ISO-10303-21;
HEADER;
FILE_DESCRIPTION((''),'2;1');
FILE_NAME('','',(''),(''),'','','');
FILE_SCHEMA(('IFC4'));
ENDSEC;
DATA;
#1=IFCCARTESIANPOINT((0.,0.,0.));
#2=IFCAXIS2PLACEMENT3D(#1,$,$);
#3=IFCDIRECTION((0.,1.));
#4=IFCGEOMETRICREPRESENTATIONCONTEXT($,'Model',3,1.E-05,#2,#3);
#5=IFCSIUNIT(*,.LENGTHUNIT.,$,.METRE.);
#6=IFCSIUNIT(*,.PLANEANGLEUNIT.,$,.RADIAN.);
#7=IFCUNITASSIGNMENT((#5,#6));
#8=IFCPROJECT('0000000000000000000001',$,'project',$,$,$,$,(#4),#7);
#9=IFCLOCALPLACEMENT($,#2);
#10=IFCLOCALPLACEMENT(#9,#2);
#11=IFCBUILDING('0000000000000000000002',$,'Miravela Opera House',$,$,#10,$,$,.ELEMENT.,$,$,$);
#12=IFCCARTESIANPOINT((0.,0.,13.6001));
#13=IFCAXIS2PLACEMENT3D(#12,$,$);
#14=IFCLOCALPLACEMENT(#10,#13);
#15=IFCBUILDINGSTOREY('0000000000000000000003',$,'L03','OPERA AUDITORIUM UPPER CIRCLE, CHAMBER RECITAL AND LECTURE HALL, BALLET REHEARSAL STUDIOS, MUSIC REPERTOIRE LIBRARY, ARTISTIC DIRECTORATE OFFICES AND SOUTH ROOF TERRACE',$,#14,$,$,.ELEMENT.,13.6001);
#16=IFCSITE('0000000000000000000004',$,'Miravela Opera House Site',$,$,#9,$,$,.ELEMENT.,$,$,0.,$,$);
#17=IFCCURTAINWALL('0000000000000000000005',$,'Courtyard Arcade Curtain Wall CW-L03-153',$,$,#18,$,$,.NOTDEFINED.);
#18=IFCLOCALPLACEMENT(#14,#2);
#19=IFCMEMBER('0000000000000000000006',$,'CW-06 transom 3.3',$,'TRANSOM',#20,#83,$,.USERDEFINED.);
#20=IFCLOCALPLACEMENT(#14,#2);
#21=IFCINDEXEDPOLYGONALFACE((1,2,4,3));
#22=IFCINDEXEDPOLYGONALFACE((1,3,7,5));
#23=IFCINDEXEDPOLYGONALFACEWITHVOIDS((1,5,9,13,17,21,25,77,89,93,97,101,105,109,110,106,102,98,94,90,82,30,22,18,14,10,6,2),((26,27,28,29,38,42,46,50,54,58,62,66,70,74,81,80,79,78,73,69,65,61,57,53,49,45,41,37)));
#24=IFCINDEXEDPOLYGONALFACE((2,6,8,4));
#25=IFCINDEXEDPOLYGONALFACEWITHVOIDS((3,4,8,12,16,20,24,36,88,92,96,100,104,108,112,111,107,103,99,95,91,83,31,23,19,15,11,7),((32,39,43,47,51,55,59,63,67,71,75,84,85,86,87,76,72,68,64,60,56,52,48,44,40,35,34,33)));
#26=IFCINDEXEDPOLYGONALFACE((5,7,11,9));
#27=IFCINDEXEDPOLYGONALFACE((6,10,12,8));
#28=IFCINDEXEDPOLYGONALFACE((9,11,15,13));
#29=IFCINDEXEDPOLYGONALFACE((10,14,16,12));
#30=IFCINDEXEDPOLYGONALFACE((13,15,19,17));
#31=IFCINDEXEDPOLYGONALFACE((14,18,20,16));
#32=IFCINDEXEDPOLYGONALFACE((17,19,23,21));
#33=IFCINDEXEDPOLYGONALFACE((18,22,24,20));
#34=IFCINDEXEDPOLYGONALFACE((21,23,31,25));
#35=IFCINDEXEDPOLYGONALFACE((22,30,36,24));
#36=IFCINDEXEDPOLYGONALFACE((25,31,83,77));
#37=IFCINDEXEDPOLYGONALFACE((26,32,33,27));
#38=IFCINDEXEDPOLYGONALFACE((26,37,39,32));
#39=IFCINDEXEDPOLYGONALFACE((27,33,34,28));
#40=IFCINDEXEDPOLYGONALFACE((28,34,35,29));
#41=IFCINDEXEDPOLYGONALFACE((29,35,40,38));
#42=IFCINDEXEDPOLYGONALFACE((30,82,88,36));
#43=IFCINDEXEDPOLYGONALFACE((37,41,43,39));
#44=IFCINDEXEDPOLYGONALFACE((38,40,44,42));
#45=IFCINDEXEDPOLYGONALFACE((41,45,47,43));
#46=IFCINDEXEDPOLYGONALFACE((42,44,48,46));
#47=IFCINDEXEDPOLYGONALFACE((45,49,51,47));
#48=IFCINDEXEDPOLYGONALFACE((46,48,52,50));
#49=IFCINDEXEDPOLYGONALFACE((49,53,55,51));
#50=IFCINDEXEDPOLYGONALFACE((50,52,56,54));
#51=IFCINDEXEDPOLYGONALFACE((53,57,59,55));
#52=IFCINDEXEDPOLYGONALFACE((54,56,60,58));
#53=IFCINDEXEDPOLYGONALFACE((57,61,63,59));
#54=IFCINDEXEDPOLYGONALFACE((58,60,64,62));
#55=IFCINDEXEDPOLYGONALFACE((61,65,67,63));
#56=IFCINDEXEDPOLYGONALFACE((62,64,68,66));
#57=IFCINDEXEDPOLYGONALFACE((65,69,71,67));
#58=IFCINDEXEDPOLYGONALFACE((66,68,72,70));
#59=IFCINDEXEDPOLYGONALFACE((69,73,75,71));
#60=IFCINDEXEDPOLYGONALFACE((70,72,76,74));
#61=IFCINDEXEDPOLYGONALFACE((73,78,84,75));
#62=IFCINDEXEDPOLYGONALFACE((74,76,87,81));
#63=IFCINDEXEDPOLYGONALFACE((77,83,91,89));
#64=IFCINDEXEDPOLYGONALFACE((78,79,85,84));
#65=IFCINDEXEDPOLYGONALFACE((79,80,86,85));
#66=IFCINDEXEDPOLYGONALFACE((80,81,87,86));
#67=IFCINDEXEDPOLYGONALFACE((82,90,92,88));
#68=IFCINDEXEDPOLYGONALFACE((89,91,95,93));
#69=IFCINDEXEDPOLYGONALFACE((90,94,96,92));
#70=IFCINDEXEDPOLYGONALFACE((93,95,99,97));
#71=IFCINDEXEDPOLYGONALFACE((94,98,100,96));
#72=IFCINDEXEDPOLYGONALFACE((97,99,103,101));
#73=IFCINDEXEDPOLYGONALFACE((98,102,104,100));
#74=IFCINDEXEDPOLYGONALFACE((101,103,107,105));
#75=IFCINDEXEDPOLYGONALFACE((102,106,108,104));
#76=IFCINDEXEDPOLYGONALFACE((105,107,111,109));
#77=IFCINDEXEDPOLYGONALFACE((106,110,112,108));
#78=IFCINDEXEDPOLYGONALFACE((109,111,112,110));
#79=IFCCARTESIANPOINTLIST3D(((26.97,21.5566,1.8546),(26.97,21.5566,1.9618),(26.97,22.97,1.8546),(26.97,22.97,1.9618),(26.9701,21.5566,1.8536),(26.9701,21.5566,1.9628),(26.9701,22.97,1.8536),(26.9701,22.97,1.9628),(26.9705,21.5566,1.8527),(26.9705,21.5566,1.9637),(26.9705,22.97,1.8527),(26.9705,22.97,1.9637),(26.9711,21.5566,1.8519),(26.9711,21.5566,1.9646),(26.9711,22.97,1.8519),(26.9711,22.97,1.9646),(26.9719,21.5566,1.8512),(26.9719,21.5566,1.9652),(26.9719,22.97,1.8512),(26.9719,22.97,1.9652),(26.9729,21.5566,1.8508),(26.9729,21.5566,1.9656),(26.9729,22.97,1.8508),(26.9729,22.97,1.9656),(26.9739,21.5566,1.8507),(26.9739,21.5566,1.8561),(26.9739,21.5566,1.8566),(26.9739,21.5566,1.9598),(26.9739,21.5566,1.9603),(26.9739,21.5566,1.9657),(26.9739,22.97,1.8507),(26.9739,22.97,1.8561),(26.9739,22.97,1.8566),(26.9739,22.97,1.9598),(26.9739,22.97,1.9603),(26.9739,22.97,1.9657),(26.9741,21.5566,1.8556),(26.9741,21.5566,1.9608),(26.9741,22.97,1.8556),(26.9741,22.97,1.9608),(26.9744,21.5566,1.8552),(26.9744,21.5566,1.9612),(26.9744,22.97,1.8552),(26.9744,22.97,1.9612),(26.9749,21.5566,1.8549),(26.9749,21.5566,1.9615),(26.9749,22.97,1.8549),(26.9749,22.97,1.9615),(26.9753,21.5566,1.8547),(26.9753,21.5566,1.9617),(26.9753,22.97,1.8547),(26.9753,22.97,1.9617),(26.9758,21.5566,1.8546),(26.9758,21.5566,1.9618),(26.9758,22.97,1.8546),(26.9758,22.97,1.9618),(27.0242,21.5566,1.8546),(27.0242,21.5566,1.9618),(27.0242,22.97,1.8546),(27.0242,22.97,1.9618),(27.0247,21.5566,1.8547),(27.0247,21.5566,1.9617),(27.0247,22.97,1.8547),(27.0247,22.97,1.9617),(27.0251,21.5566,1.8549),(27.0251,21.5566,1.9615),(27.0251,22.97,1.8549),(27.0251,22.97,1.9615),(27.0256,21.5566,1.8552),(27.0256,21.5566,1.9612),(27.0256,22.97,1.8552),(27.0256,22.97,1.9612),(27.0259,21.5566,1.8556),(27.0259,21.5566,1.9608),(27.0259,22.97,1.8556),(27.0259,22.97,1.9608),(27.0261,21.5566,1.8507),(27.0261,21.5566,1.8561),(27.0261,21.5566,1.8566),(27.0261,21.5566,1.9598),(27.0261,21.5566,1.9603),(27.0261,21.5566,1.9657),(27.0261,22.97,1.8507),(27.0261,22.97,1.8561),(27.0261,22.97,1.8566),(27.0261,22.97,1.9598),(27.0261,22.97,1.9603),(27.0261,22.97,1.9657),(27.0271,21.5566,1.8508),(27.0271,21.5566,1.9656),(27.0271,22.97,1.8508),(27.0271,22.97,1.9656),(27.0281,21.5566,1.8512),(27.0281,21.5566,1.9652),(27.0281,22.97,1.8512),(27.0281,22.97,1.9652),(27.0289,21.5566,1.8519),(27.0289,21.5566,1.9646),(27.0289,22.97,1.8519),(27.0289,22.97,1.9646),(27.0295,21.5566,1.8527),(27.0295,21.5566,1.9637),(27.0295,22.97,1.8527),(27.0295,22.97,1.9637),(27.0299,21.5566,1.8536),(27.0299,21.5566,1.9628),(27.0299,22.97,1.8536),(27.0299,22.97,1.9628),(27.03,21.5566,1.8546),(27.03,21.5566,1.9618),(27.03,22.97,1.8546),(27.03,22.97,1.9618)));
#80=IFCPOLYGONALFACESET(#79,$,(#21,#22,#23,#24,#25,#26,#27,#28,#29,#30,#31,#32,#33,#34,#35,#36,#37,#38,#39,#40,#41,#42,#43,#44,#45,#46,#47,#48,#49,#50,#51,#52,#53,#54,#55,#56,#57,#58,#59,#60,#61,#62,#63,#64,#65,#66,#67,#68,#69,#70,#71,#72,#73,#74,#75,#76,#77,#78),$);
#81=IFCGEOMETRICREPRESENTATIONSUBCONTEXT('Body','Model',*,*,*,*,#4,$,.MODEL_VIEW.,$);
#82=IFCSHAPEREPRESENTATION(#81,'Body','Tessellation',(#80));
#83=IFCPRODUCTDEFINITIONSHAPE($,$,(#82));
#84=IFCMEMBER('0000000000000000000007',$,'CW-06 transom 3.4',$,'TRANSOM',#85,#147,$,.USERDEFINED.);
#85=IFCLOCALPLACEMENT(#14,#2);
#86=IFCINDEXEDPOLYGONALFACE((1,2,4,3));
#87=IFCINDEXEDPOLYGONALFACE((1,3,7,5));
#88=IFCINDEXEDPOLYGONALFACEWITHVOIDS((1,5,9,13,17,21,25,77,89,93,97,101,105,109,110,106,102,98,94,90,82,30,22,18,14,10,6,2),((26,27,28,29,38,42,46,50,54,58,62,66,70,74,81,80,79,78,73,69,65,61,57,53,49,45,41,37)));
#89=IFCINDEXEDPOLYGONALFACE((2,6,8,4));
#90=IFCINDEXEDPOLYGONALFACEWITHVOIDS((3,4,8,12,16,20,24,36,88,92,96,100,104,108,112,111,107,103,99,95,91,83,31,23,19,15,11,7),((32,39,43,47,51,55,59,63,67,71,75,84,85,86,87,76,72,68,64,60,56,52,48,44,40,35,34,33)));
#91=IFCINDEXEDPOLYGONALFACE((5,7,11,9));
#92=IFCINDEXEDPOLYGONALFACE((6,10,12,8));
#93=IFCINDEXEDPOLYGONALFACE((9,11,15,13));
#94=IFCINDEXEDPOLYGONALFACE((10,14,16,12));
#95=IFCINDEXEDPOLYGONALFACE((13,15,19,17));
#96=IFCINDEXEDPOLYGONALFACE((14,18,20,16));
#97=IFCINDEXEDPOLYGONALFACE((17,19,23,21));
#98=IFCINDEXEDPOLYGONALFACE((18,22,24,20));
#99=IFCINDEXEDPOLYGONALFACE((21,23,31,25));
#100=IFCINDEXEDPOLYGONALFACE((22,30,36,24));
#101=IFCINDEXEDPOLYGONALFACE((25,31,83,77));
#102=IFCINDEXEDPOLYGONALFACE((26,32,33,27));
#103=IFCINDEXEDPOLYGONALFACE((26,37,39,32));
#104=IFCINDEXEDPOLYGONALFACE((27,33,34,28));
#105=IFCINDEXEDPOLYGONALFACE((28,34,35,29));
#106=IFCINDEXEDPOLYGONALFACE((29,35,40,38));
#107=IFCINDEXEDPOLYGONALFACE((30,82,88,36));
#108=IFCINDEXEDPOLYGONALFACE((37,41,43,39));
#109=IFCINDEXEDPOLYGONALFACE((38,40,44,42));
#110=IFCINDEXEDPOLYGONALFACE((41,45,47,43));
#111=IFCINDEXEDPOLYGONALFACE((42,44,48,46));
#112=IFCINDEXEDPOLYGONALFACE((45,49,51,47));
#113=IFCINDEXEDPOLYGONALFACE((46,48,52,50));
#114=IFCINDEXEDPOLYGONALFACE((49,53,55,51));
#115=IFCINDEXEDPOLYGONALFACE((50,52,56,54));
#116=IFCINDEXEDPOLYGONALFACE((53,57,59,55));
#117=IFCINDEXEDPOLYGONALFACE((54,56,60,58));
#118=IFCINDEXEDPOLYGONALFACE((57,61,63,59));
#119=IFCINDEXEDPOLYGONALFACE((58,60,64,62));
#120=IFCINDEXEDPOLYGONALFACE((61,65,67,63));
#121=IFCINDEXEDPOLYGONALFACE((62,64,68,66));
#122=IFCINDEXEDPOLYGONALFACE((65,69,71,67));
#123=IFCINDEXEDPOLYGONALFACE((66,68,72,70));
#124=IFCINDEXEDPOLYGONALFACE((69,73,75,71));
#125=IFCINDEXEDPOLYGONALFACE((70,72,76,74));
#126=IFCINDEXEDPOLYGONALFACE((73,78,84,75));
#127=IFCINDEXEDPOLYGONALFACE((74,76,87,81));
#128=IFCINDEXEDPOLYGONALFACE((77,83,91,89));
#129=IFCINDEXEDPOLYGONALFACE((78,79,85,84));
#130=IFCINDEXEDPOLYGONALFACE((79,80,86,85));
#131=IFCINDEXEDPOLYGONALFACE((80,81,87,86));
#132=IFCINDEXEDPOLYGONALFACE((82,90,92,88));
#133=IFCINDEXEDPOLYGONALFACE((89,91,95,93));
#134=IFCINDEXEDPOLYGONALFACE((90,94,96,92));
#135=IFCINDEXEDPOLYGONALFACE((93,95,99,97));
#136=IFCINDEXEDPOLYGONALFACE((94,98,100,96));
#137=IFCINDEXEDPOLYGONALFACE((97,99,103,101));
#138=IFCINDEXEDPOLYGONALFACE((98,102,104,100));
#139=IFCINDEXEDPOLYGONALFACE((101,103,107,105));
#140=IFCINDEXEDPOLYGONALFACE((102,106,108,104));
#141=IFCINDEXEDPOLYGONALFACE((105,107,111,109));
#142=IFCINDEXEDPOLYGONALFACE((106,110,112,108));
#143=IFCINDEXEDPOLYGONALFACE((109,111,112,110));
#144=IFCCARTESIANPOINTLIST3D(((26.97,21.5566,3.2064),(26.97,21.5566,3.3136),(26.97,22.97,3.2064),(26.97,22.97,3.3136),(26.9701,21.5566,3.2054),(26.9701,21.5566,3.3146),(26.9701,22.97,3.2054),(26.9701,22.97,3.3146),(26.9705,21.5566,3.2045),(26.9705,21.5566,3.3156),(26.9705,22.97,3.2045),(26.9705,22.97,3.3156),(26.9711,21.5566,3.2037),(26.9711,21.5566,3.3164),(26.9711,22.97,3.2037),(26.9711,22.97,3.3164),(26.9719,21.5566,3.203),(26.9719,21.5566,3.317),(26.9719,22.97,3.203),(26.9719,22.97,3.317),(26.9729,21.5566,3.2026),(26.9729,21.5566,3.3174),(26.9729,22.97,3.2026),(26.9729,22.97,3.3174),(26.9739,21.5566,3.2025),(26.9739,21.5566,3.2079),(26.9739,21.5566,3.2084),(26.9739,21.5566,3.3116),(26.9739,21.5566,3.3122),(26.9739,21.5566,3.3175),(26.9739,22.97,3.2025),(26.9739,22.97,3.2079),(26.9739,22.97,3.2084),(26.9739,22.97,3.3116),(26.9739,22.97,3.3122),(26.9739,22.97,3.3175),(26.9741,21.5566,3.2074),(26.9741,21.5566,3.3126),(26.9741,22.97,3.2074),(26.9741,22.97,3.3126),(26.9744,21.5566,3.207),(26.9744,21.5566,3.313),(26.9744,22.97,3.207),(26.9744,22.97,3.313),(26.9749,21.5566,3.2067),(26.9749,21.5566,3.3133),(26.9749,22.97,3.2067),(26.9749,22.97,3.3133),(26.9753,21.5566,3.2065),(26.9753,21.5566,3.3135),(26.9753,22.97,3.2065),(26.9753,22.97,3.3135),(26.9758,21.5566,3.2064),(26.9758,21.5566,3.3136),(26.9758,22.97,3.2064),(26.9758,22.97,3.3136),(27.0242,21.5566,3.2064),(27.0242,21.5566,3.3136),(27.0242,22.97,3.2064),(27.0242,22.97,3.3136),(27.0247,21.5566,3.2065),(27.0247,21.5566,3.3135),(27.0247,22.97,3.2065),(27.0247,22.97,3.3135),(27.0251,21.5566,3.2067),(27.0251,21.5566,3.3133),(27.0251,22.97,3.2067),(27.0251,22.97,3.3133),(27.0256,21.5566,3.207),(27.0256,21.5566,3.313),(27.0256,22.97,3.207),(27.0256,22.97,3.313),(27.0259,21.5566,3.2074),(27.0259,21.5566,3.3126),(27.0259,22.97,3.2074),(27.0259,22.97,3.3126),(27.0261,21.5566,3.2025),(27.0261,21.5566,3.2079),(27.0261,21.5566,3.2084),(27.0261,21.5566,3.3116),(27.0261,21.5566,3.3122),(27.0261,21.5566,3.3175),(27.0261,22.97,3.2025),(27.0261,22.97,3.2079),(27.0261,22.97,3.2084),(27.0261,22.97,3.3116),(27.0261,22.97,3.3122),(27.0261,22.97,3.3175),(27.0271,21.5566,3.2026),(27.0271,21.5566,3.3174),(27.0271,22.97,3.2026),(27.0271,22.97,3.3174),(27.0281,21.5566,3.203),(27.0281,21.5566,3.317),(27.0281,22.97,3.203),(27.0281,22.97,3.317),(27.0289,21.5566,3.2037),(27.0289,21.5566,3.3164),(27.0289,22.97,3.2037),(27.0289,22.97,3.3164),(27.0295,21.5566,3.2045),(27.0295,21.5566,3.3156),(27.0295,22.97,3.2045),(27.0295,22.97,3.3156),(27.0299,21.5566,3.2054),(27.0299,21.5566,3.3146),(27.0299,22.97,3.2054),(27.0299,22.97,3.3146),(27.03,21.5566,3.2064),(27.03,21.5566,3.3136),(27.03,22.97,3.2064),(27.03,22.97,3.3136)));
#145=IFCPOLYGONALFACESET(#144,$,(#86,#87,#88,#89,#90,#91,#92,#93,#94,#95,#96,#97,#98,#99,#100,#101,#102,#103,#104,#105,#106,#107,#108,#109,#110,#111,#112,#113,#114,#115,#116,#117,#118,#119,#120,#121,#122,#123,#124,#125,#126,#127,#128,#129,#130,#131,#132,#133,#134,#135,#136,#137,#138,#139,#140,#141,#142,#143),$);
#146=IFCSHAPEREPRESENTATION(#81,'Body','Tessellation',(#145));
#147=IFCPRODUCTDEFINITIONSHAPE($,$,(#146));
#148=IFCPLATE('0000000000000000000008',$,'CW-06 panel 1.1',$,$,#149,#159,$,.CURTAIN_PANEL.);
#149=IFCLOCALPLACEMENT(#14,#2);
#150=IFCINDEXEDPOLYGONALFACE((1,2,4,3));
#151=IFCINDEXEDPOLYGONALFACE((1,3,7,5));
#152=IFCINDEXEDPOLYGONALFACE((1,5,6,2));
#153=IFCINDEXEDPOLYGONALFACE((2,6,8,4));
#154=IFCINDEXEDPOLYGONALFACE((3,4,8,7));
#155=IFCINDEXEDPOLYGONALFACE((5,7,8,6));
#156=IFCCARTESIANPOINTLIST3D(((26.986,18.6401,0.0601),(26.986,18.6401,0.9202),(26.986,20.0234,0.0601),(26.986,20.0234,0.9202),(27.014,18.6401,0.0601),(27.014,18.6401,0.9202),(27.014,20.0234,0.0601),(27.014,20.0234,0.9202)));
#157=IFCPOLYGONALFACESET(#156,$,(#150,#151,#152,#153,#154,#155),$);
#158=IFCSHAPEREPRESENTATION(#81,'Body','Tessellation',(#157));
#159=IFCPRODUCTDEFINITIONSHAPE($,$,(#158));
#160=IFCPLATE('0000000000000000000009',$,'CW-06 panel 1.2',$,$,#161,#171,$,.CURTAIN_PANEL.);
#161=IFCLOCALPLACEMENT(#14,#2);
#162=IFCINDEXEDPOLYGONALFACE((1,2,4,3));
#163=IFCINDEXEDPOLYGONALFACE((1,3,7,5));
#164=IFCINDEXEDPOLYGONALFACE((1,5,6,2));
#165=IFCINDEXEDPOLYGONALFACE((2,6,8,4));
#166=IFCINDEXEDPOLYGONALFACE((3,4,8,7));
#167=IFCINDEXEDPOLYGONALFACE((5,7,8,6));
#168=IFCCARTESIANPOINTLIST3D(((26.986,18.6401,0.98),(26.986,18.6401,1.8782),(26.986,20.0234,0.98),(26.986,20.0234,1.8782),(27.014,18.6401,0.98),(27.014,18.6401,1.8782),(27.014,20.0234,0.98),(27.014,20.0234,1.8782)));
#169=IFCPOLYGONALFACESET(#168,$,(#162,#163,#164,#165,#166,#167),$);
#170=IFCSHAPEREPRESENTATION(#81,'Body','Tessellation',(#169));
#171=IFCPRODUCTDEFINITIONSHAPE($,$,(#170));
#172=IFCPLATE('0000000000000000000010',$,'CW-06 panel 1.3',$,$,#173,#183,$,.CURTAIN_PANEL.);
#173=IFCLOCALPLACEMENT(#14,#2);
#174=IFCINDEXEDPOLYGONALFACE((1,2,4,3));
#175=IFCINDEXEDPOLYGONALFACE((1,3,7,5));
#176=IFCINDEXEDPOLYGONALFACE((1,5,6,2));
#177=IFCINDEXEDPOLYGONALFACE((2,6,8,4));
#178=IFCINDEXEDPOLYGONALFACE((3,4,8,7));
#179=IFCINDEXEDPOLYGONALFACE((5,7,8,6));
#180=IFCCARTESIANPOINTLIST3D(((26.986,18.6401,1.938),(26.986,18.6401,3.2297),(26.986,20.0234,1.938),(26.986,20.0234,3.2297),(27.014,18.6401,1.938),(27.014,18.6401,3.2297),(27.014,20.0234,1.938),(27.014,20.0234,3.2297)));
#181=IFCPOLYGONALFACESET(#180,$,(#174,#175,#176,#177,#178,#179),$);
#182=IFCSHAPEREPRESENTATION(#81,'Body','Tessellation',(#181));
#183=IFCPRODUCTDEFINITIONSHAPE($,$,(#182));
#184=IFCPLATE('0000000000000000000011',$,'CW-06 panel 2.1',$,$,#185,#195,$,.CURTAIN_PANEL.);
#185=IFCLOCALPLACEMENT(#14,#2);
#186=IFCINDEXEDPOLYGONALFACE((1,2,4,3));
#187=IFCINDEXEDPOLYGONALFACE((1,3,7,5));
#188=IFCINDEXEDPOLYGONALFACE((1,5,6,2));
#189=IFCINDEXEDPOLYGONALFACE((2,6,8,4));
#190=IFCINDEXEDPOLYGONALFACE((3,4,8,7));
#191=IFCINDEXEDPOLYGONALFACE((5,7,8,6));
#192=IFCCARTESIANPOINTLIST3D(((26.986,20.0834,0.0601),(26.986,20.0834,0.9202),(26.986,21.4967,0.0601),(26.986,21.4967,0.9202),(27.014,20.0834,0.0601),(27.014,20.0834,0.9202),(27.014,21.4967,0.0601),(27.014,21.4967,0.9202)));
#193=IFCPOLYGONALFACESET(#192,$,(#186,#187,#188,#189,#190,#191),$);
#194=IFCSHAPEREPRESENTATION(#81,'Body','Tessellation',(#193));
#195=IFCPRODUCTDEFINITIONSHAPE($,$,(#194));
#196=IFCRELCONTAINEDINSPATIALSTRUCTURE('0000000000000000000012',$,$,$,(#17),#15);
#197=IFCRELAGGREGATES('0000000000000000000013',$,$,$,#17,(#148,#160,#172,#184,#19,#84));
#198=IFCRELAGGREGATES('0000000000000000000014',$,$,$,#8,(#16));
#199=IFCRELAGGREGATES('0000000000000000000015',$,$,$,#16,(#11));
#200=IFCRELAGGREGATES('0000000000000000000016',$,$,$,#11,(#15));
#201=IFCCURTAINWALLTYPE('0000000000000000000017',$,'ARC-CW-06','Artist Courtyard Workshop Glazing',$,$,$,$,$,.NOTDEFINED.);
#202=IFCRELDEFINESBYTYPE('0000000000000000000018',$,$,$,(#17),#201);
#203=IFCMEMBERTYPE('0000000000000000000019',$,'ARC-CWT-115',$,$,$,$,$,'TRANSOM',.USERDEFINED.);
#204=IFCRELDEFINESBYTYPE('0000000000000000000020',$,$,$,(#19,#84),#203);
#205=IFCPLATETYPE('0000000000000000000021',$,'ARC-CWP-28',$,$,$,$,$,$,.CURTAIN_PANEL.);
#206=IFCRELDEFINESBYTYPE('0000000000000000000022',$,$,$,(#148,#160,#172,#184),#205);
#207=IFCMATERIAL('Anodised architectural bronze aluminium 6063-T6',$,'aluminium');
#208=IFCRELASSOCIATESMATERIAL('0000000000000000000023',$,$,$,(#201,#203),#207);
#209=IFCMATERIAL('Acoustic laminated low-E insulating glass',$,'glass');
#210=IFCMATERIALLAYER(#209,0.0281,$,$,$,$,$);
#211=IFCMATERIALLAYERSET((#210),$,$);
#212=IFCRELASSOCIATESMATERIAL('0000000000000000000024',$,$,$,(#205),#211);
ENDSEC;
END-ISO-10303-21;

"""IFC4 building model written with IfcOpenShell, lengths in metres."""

from ifc_helpers import new_model, si_unit, direction, frame, origin, origin_2d, place, context, subcontext, project, spatial, rectangle, hollow_rectangle, extrude, material, layer, layer_set, material_profile, profile_set, type_object, element, aggregate, save


model = new_model("IFC4")

# Units and contexts
model_context = context("Model", 3, precision=1e-05, world=origin(), true_north=direction((0.0, 1.0)))
body_context = subcontext(model_context, "Body", "Model", "MODEL_VIEW")
ifc_project = project(units=[si_unit("LENGTHUNIT", "METRE"), si_unit("PLANEANGLEUNIT", "RADIAN")], contexts=[model_context])

# Site, building, storey
site_placement = place(None, origin())
site = spatial("IfcSite", under=ifc_project, at=site_placement, Name="Miravela Opera House Site", CompositionType="ELEMENT", RefElevation=0.0)
building_placement = place(site_placement, origin())
building = spatial("IfcBuilding", under=site, at=building_placement, Name="Miravela Opera House", CompositionType="ELEMENT")
storey_placement = place(building_placement, frame((0.0, 0.0, 13.6001)))
storey = spatial("IfcBuildingStorey", under=building, at=storey_placement, Name="L03", Description="OPERA AUDITORIUM UPPER CIRCLE, CHAMBER RECITAL AND LECTURE HALL, BALLET REHEARSAL STUDIOS, MUSIC REPERTOIRE LIBRARY, ARTISTIC DIRECTORATE OFFICES AND SOUTH ROOF TERRACE", CompositionType="ELEMENT", Elevation=13.6001)

# Curtain wall, members, plates
ifc_material_1 = material(Name="Anodised architectural bronze aluminium 6063-T6", Category="aluminium")
curtain_wall_type = type_object("IfcCurtainWallType", Name="ARC-CW-06", Description="Artist Courtyard Workshop Glazing", PredefinedType="NOTDEFINED", material=ifc_material_1)
curtain_wall_placement = place(storey_placement, origin())
curtain_wall = element("IfcCurtainWall", 1, at=curtain_wall_placement, inside=storey, type_object=curtain_wall_type, Name="Courtyard Arcade Curtain Wall CW-L03-153", PredefinedType="NOTDEFINED")
ifc_material_profile_1 = material_profile(ifc_material_1, hollow_rectangle(XDim=0.0601, YDim=0.115, WallThickness=0.0039, InnerFilletRadius=0.002, OuterFilletRadius=0.0039, at=origin_2d()), Name="CWT-60X115")
ifc_profile_set_1 = profile_set([ifc_material_profile_1])
member_type_1 = type_object("IfcMemberType", Name="ARC-CWT-115", ElementType="TRANSOM", PredefinedType="USERDEFINED", material=ifc_profile_set_1)
member_1_placement = place(storey_placement, frame((27.0, 21.5566, 1.9082), z_axis=(0.0, 1.0, 0.0), x_axis=(-1.0, 0.0, 0.0)))
member_1 = element("IfcMember", 2, at=member_1_placement, type_object=member_type_1, Name="CW-06 transom 3.3", ObjectType="TRANSOM", PredefinedType="USERDEFINED", context=body_context, shape_type="SweptSolid", body=[
    extrude(hollow_rectangle(XDim=0.0601, YDim=0.115, WallThickness=0.0039, InnerFilletRadius=0.002, OuterFilletRadius=0.0039, at=origin_2d()), origin(), (0.0, 0.0, 1.0), 1.4133),
])
member_2_placement = place(storey_placement, frame((27.0, 21.5566, 3.26), z_axis=(0.0, 1.0, 0.0), x_axis=(-1.0, 0.0, 0.0)))
member_2 = element("IfcMember", 3, at=member_2_placement, type_object=member_type_1, Name="CW-06 transom 3.4", ObjectType="TRANSOM", PredefinedType="USERDEFINED", context=body_context, shape_type="SweptSolid", body=[
    extrude(hollow_rectangle(XDim=0.0601, YDim=0.115, WallThickness=0.0039, InnerFilletRadius=0.002, OuterFilletRadius=0.0039, at=origin_2d()), origin(), (0.0, 0.0, 1.0), 1.4133),
])
ifc_material_2 = material(Name="Acoustic laminated low-E insulating glass", Category="glass")
ifc_layer = layer(ifc_material_2, 0.0281)
ifc_layer_set = layer_set([ifc_layer])
plate_type = type_object("IfcPlateType", Name="ARC-CWP-28", PredefinedType="CURTAIN_PANEL", material=ifc_layer_set)
plate_1_placement = place(storey_placement, frame((27.0, 19.3318, 0.0601), z_axis=(0.0, 0.0, 1.0), x_axis=(0.0, 1.0, 0.0)))
plate_1 = element("IfcPlate", 4, at=plate_1_placement, type_object=plate_type, Name="CW-06 panel 1.1", PredefinedType="CURTAIN_PANEL", context=body_context, shape_type="SweptSolid", body=[
    extrude(rectangle(XDim=1.3833, YDim=0.0281, at=origin_2d()), origin(), (0.0, 0.0, 1.0), 0.8601),
])
plate_2_placement = place(storey_placement, frame((27.0, 19.3318, 0.98), z_axis=(0.0, 0.0, 1.0), x_axis=(0.0, 1.0, 0.0)))
plate_2 = element("IfcPlate", 5, at=plate_2_placement, type_object=plate_type, Name="CW-06 panel 1.2", PredefinedType="CURTAIN_PANEL", context=body_context, shape_type="SweptSolid", body=[
    extrude(rectangle(XDim=1.3833, YDim=0.0281, at=origin_2d()), origin(), (0.0, 0.0, 1.0), 0.8982),
])
plate_3_placement = place(storey_placement, frame((27.0, 19.3318, 1.938), z_axis=(0.0, 0.0, 1.0), x_axis=(0.0, 1.0, 0.0)))
plate_3 = element("IfcPlate", 6, at=plate_3_placement, type_object=plate_type, Name="CW-06 panel 1.3", PredefinedType="CURTAIN_PANEL", context=body_context, shape_type="SweptSolid", body=[
    extrude(rectangle(XDim=1.3833, YDim=0.0281, at=origin_2d()), origin(), (0.0, 0.0, 1.0), 1.2917),
])
plate_4_placement = place(storey_placement, frame((27.0, 20.79, 0.0601), z_axis=(0.0, 0.0, 1.0), x_axis=(0.0, 1.0, 0.0)))
plate_4 = element("IfcPlate", 7, at=plate_4_placement, type_object=plate_type, Name="CW-06 panel 2.1", PredefinedType="CURTAIN_PANEL", context=body_context, shape_type="SweptSolid", body=[
    extrude(rectangle(XDim=1.4133, YDim=0.0281, at=origin_2d()), origin(), (0.0, 0.0, 1.0), 0.8601),
])
aggregate(curtain_wall, [plate_1, plate_2, plate_3, plate_4, member_1, member_2])

save(model, "model.ifc")
